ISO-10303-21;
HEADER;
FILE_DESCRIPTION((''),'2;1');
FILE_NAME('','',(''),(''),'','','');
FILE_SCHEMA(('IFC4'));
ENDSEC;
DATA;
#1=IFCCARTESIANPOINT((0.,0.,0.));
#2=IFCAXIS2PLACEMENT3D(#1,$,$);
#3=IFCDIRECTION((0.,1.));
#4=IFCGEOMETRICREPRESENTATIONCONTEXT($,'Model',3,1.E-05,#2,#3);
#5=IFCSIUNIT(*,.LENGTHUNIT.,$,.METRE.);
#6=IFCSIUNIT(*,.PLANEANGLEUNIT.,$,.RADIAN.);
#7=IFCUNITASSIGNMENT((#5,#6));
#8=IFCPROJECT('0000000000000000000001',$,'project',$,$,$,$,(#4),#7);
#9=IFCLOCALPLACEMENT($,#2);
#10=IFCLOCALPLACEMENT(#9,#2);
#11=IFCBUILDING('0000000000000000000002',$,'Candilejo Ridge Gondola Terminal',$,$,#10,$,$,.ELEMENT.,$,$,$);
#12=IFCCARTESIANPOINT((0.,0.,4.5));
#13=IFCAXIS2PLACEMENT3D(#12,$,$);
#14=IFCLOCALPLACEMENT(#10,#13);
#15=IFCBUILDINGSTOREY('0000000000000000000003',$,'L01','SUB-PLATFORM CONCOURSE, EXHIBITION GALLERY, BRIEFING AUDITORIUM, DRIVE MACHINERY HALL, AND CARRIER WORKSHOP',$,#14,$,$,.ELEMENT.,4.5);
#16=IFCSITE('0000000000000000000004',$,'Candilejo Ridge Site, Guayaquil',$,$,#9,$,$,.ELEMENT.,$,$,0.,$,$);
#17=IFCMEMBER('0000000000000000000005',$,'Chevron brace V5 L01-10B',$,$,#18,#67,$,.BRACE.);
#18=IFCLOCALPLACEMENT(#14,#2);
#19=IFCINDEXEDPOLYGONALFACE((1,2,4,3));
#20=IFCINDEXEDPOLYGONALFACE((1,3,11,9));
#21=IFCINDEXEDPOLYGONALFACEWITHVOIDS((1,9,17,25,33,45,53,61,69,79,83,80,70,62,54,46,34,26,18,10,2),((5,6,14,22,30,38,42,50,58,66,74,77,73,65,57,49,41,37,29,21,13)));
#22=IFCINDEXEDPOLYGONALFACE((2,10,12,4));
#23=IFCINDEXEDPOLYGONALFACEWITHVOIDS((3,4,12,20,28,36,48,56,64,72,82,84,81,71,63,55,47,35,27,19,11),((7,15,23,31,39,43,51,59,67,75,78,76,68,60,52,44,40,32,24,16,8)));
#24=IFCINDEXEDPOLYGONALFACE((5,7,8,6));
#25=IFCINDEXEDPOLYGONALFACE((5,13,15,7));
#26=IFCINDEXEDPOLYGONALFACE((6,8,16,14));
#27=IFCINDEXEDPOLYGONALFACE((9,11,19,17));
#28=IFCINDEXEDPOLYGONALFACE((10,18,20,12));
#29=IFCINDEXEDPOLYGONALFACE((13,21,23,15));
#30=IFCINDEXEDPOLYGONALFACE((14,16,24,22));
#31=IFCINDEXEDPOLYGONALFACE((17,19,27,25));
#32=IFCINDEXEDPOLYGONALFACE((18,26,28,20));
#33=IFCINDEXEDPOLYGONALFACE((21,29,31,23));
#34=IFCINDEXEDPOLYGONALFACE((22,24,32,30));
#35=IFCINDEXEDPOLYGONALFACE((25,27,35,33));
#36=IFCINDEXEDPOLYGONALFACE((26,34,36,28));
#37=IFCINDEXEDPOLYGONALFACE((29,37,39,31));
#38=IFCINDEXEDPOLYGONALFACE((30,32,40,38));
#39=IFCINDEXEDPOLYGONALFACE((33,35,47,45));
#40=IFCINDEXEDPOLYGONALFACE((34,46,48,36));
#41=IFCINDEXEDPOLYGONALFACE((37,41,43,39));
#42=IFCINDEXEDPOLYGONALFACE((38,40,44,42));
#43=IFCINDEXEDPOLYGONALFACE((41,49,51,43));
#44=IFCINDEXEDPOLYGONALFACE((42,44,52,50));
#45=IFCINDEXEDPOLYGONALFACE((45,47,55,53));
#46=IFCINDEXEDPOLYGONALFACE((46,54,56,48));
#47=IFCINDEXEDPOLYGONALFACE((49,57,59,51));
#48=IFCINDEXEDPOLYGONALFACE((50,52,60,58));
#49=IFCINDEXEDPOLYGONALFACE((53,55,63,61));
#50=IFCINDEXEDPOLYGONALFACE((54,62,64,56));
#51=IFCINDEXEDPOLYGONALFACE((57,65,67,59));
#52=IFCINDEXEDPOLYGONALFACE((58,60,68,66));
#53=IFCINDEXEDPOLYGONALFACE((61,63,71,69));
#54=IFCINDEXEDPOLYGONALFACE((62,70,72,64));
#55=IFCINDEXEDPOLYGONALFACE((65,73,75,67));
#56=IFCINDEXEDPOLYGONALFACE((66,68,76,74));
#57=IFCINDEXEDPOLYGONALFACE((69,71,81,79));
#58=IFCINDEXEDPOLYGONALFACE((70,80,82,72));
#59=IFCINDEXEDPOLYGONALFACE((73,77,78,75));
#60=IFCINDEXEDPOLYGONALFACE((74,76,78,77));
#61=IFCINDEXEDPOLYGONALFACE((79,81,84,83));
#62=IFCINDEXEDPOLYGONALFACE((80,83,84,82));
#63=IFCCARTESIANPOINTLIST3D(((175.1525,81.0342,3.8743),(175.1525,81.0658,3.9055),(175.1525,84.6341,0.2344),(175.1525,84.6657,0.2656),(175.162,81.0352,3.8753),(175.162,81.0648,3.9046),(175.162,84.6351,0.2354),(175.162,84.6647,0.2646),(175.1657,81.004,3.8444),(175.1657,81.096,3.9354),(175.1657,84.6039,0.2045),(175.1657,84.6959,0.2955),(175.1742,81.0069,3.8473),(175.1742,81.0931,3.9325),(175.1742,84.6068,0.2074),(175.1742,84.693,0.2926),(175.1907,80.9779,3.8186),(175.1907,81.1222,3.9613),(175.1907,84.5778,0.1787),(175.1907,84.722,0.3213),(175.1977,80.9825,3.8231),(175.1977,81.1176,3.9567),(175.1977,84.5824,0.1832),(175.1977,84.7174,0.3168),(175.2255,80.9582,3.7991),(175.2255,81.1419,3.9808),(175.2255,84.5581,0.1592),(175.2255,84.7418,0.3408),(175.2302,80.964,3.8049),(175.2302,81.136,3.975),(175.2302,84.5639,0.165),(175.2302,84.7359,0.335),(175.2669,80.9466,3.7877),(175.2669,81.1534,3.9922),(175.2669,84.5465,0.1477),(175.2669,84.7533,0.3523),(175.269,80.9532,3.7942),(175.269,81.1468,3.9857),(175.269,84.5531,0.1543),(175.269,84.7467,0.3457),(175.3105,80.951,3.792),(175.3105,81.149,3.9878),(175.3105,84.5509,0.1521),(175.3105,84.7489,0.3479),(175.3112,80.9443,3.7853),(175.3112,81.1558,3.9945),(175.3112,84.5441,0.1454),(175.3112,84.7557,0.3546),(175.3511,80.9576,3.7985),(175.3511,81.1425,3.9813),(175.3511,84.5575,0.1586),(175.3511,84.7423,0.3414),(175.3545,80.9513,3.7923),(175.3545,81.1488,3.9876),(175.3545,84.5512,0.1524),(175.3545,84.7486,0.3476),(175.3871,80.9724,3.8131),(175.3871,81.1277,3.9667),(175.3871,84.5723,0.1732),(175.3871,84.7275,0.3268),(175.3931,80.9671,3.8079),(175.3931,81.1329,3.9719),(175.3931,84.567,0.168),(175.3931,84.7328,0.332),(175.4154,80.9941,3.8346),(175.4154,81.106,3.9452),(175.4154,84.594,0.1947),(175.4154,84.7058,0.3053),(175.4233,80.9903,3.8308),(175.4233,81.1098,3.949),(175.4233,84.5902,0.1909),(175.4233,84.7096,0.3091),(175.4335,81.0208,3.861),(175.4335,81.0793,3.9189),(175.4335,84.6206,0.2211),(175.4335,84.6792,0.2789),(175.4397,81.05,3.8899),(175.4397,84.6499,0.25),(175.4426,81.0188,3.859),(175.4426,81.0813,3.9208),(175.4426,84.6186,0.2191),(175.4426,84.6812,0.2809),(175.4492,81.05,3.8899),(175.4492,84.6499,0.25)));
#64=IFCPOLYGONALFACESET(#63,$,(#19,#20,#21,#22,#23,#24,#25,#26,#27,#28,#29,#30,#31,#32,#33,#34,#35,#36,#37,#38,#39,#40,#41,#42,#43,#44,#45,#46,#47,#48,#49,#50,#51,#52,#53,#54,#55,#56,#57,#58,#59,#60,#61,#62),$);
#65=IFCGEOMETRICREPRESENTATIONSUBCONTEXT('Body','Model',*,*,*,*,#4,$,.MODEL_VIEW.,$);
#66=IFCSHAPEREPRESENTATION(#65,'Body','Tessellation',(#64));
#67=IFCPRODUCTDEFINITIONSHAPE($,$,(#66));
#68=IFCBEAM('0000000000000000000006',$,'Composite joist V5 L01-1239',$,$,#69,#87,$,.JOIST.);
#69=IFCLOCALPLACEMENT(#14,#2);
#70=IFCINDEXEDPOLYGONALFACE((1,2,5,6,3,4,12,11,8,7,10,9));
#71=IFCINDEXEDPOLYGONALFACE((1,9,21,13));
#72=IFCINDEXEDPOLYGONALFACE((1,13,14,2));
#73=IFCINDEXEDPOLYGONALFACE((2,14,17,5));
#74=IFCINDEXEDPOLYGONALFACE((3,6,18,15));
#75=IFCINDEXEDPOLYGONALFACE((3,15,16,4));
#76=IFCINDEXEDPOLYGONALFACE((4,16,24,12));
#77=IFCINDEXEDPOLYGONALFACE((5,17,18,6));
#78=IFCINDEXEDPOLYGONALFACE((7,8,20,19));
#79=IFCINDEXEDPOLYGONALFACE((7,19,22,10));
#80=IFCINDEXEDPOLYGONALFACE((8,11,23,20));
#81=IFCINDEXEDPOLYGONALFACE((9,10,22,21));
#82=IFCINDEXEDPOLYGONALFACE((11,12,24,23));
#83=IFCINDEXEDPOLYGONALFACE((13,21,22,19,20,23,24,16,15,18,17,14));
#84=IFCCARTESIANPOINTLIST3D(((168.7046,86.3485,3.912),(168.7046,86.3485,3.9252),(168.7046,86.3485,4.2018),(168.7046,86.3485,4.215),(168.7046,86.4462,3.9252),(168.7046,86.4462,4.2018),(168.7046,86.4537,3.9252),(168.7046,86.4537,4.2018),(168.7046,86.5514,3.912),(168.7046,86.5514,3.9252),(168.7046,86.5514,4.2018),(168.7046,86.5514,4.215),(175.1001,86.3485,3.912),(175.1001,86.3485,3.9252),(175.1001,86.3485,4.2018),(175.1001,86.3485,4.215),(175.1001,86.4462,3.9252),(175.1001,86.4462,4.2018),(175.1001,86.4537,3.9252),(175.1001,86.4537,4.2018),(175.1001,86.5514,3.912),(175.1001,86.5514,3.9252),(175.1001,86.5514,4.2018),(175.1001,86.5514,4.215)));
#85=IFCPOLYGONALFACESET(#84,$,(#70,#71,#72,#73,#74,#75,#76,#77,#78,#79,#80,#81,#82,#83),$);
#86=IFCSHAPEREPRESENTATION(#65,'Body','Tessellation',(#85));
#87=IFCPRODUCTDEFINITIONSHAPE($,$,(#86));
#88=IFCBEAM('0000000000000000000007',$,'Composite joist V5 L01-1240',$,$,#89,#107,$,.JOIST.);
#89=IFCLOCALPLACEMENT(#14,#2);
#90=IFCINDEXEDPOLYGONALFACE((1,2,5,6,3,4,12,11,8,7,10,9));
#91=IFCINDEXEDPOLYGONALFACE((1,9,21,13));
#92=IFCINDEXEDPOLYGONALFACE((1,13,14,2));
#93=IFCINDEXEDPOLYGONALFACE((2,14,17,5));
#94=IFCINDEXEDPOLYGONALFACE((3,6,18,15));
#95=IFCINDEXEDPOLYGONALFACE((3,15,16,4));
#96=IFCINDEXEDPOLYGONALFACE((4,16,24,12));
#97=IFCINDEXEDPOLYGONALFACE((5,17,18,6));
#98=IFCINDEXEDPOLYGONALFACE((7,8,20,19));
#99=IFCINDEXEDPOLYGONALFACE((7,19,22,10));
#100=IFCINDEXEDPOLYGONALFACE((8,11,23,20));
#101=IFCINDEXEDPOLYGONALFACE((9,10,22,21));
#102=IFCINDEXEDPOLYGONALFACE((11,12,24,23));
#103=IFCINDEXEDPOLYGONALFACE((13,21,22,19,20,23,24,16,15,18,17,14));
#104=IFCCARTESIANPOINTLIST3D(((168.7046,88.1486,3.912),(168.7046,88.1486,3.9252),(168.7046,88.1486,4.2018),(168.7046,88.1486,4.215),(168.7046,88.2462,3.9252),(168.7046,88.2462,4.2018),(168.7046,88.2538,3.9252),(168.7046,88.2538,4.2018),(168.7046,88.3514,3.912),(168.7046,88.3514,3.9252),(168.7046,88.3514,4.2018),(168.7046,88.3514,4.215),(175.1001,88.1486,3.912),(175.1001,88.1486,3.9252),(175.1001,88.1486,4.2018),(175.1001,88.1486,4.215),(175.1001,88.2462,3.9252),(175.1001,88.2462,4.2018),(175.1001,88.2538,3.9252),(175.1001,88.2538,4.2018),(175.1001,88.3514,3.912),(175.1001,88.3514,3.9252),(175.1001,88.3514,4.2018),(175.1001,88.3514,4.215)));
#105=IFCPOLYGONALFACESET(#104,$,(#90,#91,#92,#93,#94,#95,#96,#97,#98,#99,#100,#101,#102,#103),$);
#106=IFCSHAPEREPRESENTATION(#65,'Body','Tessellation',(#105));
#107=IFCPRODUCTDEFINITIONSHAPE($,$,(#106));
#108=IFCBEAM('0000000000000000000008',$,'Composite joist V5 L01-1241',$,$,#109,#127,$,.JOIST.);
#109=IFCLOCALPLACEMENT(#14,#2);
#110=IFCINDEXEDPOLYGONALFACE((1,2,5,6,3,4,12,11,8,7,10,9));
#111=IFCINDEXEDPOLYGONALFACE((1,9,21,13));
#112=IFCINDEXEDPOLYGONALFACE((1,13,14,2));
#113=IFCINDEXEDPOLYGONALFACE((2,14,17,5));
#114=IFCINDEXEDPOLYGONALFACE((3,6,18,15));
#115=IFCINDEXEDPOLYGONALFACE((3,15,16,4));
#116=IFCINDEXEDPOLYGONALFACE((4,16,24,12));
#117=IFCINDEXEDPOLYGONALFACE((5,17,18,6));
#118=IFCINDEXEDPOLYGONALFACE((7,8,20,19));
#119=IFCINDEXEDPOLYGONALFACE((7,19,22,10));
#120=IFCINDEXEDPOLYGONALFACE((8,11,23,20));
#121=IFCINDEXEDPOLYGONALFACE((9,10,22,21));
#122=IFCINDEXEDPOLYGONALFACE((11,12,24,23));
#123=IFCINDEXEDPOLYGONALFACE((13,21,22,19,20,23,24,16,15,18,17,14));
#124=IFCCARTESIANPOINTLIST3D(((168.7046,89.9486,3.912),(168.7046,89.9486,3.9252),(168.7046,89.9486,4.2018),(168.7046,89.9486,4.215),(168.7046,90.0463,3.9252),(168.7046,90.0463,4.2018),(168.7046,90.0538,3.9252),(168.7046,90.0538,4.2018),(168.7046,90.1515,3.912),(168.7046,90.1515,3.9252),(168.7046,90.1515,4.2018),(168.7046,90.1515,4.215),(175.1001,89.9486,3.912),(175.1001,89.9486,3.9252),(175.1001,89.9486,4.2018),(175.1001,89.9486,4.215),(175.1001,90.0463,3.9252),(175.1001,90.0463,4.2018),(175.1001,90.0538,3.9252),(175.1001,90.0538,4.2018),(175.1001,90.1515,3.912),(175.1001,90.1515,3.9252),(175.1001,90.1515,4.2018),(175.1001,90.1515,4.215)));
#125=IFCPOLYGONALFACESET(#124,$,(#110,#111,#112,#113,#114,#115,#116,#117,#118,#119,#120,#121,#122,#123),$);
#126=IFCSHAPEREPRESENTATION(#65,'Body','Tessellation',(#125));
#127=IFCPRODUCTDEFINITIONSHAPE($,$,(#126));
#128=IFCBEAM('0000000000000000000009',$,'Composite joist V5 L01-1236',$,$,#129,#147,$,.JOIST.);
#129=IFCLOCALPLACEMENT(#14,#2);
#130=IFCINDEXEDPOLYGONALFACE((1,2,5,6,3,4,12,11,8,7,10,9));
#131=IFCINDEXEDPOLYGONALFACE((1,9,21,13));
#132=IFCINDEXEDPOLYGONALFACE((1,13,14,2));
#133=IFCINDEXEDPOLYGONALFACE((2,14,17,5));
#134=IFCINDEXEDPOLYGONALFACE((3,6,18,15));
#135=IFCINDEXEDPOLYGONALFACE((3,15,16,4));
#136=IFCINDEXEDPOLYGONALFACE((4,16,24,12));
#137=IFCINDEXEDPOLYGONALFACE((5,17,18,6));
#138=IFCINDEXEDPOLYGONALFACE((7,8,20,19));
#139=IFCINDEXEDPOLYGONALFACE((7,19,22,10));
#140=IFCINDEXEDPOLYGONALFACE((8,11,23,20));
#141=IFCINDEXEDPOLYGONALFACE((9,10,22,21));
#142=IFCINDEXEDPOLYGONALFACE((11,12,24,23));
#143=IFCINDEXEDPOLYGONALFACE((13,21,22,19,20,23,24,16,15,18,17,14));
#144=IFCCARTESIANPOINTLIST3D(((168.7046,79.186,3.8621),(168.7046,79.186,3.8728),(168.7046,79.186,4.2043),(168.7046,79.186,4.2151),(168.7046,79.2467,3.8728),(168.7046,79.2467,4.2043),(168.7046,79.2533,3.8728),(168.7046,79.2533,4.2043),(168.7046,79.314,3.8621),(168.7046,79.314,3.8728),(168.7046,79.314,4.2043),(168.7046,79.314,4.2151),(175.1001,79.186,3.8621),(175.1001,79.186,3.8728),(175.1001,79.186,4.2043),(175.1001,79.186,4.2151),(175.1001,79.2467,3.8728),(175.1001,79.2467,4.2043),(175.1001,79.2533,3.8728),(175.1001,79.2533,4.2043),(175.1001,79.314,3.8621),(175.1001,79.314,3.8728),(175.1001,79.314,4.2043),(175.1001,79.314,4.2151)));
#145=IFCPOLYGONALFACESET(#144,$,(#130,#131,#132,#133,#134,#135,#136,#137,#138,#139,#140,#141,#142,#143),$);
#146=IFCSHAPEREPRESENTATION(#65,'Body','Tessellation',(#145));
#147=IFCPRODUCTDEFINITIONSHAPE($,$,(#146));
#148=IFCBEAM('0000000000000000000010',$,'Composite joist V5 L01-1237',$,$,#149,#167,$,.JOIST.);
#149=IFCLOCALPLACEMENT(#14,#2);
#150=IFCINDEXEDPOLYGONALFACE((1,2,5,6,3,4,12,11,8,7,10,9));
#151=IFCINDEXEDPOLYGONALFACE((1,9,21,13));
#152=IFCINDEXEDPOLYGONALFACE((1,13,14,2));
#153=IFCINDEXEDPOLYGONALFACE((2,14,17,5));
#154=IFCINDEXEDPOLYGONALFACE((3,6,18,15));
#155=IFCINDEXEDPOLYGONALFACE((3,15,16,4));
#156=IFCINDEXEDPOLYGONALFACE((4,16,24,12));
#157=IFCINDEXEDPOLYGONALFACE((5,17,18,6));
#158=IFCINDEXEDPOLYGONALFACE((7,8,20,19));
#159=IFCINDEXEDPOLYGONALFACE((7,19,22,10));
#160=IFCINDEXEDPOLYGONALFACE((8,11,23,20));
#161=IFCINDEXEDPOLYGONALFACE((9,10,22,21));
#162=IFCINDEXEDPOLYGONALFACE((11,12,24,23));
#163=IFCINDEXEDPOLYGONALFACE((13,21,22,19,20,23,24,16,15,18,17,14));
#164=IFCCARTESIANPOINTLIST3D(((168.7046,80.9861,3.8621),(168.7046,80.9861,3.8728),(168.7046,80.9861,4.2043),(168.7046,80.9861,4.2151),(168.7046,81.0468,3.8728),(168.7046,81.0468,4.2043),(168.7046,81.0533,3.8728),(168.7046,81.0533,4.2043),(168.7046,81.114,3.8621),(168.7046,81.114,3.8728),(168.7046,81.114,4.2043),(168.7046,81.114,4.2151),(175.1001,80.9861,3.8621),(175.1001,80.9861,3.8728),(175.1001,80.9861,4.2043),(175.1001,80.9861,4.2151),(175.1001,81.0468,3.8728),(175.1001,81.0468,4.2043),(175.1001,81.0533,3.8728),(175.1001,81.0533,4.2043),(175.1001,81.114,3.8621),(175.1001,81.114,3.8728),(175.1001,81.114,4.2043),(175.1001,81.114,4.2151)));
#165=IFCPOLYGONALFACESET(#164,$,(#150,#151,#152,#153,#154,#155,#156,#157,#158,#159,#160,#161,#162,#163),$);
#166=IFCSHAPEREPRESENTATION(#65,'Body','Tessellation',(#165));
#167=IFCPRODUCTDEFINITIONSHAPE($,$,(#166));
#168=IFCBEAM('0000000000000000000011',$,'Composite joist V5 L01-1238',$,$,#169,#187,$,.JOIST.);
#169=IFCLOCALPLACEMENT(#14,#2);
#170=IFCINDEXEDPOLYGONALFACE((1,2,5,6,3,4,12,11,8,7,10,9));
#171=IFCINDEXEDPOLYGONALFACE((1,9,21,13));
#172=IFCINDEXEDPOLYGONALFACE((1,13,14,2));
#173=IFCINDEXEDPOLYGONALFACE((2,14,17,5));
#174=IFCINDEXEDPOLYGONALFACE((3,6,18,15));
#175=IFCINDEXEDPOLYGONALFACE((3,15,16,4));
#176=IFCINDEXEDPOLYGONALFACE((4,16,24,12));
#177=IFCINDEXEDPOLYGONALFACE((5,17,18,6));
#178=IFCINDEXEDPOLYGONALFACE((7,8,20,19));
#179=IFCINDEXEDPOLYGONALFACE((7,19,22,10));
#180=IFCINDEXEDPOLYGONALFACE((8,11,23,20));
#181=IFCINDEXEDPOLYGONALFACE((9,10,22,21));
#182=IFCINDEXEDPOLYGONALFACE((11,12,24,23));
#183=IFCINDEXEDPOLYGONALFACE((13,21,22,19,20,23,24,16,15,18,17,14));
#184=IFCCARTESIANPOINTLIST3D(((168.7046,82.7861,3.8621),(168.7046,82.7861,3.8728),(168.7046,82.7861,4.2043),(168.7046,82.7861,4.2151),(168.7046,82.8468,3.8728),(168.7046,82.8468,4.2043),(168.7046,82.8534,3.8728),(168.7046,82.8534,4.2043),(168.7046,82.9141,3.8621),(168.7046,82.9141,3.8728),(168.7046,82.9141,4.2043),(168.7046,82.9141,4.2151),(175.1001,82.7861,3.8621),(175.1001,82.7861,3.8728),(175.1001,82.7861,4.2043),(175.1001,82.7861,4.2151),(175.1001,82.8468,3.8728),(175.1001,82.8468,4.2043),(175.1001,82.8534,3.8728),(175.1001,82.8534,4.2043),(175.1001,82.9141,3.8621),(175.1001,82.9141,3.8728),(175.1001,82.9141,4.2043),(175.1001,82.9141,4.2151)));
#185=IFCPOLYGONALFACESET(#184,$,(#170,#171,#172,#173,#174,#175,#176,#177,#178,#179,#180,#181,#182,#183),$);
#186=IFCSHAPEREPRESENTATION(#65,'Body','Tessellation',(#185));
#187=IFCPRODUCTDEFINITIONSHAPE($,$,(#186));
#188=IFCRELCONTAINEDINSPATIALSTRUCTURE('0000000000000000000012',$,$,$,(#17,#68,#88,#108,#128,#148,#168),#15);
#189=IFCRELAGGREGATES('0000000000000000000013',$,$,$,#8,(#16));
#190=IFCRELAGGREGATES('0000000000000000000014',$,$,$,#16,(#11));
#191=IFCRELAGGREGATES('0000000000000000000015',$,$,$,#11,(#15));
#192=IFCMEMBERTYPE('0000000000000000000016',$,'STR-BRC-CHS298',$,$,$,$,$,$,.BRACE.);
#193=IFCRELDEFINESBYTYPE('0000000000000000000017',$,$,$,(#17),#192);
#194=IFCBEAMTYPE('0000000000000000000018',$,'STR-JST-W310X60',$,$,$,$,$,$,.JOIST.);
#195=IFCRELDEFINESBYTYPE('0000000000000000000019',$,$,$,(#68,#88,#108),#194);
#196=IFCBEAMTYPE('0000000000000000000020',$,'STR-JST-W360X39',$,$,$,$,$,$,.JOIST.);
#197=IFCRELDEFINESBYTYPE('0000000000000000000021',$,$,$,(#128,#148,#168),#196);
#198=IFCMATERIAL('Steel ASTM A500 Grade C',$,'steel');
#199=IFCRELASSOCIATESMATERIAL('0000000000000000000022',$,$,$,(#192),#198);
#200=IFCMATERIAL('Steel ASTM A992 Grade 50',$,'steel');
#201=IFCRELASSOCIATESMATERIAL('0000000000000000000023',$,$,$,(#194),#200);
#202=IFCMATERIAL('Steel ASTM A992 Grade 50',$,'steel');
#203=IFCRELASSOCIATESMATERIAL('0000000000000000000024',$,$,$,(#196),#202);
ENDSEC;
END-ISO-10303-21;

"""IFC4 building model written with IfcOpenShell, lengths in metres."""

from ifc_helpers import new_model, si_unit, direction, frame, origin, origin_2d, place, context, subcontext, project, spatial, hollow_circle, i_section, extrude, material, material_profile, profile_set, type_object, element, save


model = new_model("IFC4")

# Units and contexts
model_context = context("Model", 3, precision=1e-05, world=origin(), true_north=direction((0.0, 1.0)))
body_context = subcontext(model_context, "Body", "Model", "MODEL_VIEW")
ifc_project = project(units=[si_unit("LENGTHUNIT", "METRE"), si_unit("PLANEANGLEUNIT", "RADIAN")], contexts=[model_context])

# Site, building, storey
site_placement = place(None, origin())
site = spatial("IfcSite", under=ifc_project, at=site_placement, Name="Candilejo Ridge Site, Guayaquil", CompositionType="ELEMENT", RefElevation=0.0)
building_placement = place(site_placement, origin())
building = spatial("IfcBuilding", under=site, at=building_placement, Name="Candilejo Ridge Gondola Terminal", CompositionType="ELEMENT")
storey_placement = place(building_placement, frame((0.0, 0.0, 4.5)))
storey = spatial("IfcBuildingStorey", under=building, at=storey_placement, Name="L01", Description="SUB-PLATFORM CONCOURSE, EXHIBITION GALLERY, BRIEFING AUDITORIUM, DRIVE MACHINERY HALL, AND CARRIER WORKSHOP", CompositionType="ELEMENT", Elevation=4.5)

# Member
ifc_material_1 = material(Name="Steel ASTM A500 Grade C", Category="steel")
ifc_material_profile_1 = material_profile(ifc_material_1, hollow_circle(Radius=0.1492, WallThickness=0.0095, at=origin_2d()))
ifc_profile_set_1 = profile_set([ifc_material_profile_1], Name="Steel ASTM A500 Grade C")
member_type = type_object("IfcMemberType", Name="STR-BRC-CHS298", PredefinedType="BRACE", material=ifc_profile_set_1)
member_1_placement = place(storey_placement, frame((175.3, 84.6499, 0.25), z_axis=(0.0, -0.703185, 0.711007), x_axis=(1.0, 0.0, 0.0)))
element("IfcMember", 1, at=member_1_placement, inside=storey, type_object=member_type, Name="Chevron brace V5 L01-10B", PredefinedType="BRACE", context=body_context, shape_type="SweptSolid", body=[
    extrude(hollow_circle(Radius=0.1492, WallThickness=0.0095, at=origin_2d()), origin(), (0.0, 0.0, 1.0), 5.1194),
])

# Beams
ifc_material_2 = material(Name="Steel ASTM A992 Grade 50", Category="steel")
ifc_material_profile_2 = material_profile(ifc_material_2, i_section(OverallWidth=0.2029, OverallDepth=0.303, WebThickness=0.0076, FlangeThickness=0.0132, at=origin_2d()))
ifc_profile_set_2 = profile_set([ifc_material_profile_2], Name="Steel ASTM A992 Grade 50")
beam_type_1 = type_object("IfcBeamType", Name="STR-JST-W310X60", PredefinedType="JOIST", material=ifc_profile_set_2)
for number, where, z_axis, x_axis, name in (
    (2, (168.7046, 86.45, 4.0635), (1.0, 0.0, 0.0), (0.0, 1.0, 0.0), "Composite joist V5 L01-1239"),
    (3, (168.7046, 88.25, 4.0635), (1.0, 0.0, 0.0), (0.0, 1.0, 0.0), "Composite joist V5 L01-1240"),
    (4, (168.7046, 90.05, 4.0635), (1.0, 0.0, 0.0), (0.0, 1.0, 0.0), "Composite joist V5 L01-1241"),
):
    element("IfcBeam", number, at=place(storey_placement, frame(where, z_axis=z_axis, x_axis=x_axis)), inside=storey, type_object=beam_type_1, Name=name, PredefinedType="JOIST", context=body_context, shape_type="SweptSolid", body=[
        extrude(i_section(OverallWidth=0.2029, OverallDepth=0.303, WebThickness=0.0076, FlangeThickness=0.0132, at=origin_2d()), origin(), (0.0, 0.0, 1.0), 6.3955),
    ])
ifc_material_3 = material(Name="Steel ASTM A992 Grade 50", Category="steel")
ifc_material_profile_3 = material_profile(ifc_material_3, i_section(OverallWidth=0.1279, OverallDepth=0.353, WebThickness=0.0066, FlangeThickness=0.0107, at=origin_2d()))
ifc_profile_set_3 = profile_set([ifc_material_profile_3], Name="Steel ASTM A992 Grade 50")
beam_type_2 = type_object("IfcBeamType", Name="STR-JST-W360X39", PredefinedType="JOIST", material=ifc_profile_set_3)
for number, where, z_axis, x_axis, name in (
    (5, (168.7046, 79.25, 4.0386), (1.0, 0.0, 0.0), (0.0, 1.0, 0.0), "Composite joist V5 L01-1236"),
    (6, (168.7046, 81.05, 4.0386), (1.0, 0.0, 0.0), (0.0, 1.0, 0.0), "Composite joist V5 L01-1237"),
    (7, (168.7046, 82.8501, 4.0386), (1.0, 0.0, 0.0), (0.0, 1.0, 0.0), "Composite joist V5 L01-1238"),
):
    element("IfcBeam", number, at=place(storey_placement, frame(where, z_axis=z_axis, x_axis=x_axis)), inside=storey, type_object=beam_type_2, Name=name, PredefinedType="JOIST", context=body_context, shape_type="SweptSolid", body=[
        extrude(i_section(OverallWidth=0.1279, OverallDepth=0.353, WebThickness=0.0066, FlangeThickness=0.0107, at=origin_2d()), origin(), (0.0, 0.0, 1.0), 6.3955),
    ])

save(model, "model.ifc")
